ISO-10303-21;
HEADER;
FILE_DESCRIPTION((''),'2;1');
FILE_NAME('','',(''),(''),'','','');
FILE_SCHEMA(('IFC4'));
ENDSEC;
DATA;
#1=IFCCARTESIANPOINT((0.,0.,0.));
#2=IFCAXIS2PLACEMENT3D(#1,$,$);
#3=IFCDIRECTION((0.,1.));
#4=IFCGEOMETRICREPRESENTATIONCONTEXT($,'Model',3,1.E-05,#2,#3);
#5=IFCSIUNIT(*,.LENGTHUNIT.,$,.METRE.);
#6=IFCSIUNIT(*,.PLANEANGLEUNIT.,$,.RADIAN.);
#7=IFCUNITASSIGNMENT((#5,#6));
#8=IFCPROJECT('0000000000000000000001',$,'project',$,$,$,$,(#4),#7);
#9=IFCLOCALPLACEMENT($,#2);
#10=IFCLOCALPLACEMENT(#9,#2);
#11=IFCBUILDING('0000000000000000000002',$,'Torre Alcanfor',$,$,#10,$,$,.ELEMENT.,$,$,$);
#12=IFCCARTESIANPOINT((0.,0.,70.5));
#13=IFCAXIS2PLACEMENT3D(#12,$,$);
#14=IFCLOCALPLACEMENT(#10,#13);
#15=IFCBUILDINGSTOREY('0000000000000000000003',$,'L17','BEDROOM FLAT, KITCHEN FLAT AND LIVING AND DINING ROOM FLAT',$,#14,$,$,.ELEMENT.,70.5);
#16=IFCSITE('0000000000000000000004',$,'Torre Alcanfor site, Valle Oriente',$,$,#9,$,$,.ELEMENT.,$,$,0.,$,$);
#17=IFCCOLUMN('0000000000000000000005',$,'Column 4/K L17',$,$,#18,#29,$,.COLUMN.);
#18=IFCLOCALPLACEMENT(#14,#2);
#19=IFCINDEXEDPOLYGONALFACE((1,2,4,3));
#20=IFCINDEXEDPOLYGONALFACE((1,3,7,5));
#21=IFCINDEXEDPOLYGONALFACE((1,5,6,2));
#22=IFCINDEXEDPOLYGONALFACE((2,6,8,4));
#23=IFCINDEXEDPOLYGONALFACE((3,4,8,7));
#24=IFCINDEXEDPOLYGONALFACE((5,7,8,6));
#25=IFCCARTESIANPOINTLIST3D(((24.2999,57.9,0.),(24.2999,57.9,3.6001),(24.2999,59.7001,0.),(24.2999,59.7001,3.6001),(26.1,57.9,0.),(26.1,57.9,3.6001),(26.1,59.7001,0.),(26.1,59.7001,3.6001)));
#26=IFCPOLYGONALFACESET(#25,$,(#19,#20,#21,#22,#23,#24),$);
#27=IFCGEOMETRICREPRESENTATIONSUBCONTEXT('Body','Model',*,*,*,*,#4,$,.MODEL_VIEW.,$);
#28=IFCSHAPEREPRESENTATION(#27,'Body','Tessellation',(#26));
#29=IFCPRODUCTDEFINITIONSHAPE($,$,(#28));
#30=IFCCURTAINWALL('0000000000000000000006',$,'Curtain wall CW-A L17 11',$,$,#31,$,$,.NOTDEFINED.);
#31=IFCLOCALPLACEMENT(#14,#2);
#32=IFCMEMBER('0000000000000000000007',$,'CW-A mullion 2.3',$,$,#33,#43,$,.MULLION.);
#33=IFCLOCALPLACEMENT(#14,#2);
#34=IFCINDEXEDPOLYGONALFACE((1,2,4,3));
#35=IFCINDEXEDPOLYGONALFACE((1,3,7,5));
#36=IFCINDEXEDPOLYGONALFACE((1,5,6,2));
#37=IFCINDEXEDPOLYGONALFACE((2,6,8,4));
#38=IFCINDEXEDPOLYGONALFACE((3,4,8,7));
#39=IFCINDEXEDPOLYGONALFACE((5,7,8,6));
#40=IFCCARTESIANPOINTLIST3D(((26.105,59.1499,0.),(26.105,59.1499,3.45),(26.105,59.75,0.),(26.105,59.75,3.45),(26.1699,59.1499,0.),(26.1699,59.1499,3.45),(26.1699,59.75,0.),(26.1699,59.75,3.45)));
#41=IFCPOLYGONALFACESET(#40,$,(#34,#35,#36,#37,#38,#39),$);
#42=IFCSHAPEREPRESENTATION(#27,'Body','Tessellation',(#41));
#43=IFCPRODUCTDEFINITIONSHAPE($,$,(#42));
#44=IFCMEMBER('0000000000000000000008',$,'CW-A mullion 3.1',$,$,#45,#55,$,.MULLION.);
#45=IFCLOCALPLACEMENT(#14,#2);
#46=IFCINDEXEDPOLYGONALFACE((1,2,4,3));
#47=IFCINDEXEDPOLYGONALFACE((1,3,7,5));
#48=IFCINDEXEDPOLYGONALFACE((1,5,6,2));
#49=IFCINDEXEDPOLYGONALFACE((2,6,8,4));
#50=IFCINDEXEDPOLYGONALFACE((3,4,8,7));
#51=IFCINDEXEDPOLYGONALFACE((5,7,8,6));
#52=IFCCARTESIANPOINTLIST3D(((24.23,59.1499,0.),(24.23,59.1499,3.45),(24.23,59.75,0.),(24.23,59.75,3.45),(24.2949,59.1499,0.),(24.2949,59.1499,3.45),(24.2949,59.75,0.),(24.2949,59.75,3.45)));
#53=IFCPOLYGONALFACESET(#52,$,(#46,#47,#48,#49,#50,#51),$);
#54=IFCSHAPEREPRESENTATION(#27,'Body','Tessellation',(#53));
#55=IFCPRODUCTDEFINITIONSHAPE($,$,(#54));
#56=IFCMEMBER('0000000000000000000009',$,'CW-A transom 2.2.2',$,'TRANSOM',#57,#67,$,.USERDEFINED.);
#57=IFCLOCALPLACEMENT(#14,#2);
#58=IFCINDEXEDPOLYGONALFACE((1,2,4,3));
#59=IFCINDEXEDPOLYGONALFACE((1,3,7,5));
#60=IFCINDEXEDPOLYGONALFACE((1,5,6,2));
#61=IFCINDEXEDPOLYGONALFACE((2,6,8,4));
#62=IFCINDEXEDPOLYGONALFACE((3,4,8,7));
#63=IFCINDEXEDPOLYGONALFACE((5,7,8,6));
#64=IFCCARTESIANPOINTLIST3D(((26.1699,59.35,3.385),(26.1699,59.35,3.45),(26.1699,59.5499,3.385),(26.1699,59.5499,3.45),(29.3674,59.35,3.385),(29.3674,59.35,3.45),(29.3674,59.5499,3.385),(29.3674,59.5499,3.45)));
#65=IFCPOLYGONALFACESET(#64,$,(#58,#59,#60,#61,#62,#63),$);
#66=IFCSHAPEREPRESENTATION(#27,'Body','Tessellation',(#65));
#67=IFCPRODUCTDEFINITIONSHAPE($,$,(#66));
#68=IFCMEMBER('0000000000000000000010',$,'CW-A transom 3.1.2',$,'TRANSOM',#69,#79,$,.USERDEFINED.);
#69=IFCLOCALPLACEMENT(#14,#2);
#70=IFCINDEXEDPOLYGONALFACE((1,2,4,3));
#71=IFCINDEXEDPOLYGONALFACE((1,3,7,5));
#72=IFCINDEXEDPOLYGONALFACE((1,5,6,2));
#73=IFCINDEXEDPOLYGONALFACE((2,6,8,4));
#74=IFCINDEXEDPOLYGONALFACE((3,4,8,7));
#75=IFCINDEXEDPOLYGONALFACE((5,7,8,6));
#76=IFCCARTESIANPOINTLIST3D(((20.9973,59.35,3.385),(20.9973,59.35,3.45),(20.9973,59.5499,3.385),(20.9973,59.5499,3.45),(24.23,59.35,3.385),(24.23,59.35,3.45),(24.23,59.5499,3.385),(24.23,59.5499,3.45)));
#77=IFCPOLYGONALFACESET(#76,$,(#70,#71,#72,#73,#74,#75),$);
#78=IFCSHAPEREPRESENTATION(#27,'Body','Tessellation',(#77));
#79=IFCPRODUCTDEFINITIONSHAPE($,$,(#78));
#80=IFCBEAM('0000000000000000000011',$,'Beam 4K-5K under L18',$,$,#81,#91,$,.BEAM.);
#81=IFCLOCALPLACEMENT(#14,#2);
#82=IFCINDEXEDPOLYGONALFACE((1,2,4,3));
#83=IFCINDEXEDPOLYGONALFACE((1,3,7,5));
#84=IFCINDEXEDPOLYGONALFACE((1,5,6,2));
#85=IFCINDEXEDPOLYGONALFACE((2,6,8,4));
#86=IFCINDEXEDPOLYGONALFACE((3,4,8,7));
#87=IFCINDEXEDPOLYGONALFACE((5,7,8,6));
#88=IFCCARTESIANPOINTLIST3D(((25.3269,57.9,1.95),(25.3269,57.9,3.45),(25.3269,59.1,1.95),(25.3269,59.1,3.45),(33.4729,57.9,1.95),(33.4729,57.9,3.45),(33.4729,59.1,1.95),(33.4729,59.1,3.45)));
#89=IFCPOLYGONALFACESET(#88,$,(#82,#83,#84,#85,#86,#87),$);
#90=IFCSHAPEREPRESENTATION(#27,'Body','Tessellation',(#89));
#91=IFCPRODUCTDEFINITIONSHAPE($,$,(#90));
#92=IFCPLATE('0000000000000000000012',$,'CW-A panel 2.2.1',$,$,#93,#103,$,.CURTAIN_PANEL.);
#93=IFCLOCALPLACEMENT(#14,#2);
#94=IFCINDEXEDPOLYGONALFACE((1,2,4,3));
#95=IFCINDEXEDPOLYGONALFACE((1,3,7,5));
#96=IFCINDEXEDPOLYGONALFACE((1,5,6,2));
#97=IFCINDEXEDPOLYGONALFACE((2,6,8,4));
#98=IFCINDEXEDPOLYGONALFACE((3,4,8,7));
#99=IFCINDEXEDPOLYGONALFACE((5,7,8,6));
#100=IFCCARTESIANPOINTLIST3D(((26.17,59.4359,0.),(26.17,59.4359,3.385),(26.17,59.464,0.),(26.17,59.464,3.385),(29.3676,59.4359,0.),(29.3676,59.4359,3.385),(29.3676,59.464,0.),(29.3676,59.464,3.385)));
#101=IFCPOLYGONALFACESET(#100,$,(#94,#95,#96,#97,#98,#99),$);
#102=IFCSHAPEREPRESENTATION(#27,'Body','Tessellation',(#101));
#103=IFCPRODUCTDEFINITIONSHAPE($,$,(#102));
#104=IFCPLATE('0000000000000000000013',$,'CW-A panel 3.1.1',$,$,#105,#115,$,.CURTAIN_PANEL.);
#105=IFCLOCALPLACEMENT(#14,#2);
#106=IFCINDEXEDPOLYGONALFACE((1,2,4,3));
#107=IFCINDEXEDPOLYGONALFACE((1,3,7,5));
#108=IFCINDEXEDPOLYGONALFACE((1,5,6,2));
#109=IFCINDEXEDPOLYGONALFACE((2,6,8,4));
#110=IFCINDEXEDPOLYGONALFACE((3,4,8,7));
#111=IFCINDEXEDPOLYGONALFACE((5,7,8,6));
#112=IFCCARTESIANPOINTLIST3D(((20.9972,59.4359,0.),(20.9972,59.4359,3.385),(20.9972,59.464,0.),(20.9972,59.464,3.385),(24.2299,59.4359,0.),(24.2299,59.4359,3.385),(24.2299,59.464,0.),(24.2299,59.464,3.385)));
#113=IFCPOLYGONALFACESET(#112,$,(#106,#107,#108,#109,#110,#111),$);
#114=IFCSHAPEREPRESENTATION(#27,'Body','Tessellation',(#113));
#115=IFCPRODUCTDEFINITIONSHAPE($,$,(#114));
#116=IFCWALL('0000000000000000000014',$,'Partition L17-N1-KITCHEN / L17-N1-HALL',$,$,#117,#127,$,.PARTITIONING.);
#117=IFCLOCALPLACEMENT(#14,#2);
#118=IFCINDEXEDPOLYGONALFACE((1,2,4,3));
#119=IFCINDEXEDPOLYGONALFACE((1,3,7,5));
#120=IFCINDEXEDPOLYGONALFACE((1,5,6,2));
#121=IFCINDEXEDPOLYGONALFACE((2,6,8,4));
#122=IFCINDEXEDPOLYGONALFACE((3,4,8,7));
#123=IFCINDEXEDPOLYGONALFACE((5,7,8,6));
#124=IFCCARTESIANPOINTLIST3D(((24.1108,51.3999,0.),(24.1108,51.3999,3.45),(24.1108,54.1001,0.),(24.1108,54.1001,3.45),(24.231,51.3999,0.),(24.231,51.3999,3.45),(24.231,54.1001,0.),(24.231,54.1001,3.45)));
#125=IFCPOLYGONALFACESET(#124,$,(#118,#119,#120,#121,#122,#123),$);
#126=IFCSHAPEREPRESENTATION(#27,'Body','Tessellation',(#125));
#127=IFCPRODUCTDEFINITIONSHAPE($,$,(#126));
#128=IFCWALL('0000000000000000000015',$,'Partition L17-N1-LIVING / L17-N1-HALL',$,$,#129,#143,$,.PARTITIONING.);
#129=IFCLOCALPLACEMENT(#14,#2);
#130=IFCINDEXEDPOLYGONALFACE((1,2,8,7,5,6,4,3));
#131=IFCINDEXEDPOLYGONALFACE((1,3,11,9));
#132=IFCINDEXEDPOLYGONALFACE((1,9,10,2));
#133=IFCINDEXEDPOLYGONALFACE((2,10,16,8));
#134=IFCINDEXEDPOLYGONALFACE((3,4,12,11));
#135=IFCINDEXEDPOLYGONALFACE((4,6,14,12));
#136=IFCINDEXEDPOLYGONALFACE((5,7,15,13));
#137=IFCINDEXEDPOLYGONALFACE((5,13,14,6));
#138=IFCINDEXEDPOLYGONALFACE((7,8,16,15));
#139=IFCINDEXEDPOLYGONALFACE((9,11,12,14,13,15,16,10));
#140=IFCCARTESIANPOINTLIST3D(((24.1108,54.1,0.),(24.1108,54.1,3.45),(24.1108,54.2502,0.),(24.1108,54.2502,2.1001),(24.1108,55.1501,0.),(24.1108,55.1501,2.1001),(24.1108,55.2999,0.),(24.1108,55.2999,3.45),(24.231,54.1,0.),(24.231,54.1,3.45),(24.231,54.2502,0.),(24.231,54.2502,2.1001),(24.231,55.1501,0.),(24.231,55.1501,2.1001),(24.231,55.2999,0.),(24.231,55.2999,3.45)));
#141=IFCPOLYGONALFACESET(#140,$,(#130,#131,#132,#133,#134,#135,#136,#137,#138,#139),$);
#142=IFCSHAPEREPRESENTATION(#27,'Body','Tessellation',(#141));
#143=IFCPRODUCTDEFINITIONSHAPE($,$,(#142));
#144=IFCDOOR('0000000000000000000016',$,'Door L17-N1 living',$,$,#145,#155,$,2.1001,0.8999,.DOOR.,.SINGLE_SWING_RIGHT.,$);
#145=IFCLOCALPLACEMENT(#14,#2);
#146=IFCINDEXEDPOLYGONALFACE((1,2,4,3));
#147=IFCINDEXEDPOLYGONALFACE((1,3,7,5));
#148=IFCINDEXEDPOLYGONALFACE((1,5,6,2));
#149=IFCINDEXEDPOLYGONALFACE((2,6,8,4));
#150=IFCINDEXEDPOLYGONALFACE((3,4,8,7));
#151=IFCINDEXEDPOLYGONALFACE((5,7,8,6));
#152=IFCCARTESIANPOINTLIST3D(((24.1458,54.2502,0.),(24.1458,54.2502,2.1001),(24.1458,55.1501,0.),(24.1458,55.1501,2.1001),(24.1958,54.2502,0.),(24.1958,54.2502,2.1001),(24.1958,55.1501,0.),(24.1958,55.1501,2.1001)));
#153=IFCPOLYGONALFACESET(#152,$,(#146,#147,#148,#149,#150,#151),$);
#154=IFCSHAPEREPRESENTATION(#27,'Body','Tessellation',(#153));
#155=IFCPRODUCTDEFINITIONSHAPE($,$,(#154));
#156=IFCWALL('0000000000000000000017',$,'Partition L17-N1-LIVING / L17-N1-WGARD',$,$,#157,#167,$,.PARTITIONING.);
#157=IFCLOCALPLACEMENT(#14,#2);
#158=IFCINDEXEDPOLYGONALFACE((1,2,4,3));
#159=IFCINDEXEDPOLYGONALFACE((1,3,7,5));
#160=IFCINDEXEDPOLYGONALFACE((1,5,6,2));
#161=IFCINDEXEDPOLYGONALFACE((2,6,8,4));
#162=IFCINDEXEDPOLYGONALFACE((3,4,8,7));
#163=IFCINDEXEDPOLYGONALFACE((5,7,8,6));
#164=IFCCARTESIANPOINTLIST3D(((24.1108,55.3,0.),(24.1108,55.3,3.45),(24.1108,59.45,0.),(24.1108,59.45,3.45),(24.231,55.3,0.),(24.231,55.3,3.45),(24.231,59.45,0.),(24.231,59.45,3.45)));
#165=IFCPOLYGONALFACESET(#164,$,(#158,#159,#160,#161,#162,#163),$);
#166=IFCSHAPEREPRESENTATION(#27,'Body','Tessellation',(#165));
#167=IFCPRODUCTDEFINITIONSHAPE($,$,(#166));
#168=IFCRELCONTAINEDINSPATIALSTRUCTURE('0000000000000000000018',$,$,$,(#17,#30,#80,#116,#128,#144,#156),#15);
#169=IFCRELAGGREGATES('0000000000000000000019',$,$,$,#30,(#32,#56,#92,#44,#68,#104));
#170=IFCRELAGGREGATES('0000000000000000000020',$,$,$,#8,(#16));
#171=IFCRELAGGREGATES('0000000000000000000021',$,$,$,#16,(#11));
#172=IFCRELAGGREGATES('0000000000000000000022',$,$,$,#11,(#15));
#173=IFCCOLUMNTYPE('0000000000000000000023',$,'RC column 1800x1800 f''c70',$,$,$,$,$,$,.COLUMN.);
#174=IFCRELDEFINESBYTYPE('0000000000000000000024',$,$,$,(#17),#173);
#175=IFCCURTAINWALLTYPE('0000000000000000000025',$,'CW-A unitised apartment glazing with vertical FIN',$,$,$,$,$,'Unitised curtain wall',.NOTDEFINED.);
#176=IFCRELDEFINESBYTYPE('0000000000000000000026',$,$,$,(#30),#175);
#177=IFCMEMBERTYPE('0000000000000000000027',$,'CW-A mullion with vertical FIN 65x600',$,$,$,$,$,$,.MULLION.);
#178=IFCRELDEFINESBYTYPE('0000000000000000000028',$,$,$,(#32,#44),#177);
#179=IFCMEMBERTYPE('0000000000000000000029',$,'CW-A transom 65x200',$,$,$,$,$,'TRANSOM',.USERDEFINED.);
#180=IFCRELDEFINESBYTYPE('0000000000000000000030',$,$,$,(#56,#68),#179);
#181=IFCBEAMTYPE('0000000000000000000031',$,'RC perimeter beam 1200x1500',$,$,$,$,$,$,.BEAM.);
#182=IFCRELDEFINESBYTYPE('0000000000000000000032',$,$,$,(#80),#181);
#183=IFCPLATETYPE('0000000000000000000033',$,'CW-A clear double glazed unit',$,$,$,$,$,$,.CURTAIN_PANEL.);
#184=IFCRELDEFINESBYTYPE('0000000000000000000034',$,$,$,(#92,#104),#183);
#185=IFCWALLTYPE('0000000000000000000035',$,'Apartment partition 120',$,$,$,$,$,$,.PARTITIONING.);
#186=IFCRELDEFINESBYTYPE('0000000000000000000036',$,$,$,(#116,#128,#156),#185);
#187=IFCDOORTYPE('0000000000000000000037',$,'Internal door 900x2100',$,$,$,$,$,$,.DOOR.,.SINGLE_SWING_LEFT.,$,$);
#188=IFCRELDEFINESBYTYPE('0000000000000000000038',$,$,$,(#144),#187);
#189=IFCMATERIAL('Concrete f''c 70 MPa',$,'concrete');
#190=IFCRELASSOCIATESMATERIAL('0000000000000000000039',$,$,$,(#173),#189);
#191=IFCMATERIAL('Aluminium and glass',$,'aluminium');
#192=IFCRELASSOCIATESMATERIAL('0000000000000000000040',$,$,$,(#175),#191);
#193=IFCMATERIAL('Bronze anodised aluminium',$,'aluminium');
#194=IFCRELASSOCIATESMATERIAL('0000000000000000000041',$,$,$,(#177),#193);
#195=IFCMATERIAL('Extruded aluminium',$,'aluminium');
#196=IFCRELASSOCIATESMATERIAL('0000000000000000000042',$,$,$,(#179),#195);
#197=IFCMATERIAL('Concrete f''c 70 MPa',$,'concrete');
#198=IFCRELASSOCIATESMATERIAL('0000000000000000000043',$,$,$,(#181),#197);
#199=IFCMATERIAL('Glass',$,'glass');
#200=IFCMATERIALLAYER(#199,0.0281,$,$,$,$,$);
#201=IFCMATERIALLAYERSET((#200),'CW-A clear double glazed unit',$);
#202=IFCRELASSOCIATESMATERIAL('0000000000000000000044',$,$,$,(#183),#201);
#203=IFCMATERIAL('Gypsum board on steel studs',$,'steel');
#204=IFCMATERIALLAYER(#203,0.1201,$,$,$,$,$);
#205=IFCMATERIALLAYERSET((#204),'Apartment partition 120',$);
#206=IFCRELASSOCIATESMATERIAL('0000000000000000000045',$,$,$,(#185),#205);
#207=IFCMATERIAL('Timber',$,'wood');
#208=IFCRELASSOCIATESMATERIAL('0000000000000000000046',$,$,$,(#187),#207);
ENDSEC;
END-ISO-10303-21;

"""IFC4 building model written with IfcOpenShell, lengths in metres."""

from ifc_helpers import new_model, si_unit, direction, frame, frame_2d, origin, origin_2d, place, context, subcontext, project, spatial, rectangle, extrude, material, layer, layer_set, material_profile, profile_set, type_object, element, fill, aggregate, save


model = new_model("IFC4")

# Units and contexts
model_context = context("Model", 3, precision=1e-05, world=origin(), true_north=direction((0.0, 1.0)))
body_context = subcontext(model_context, "Body", "Model", "MODEL_VIEW")
ifc_project = project(units=[si_unit("LENGTHUNIT", "METRE"), si_unit("PLANEANGLEUNIT", "RADIAN")], contexts=[model_context])

# Site, building, storey
site_placement = place(None, origin())
site = spatial("IfcSite", under=ifc_project, at=site_placement, Name="Torre Alcanfor site, Valle Oriente", CompositionType="ELEMENT", RefElevation=0.0)
building_placement = place(site_placement, origin())
building = spatial("IfcBuilding", under=site, at=building_placement, Name="Torre Alcanfor", CompositionType="ELEMENT")
storey_placement = place(building_placement, frame((0.0, 0.0, 70.5)))
storey = spatial("IfcBuildingStorey", under=building, at=storey_placement, Name="L17", Description="BEDROOM FLAT, KITCHEN FLAT AND LIVING AND DINING ROOM FLAT", CompositionType="ELEMENT", Elevation=70.5)

# Column
ifc_material_1 = material(Name="Concrete f'c 70 MPa", Category="concrete")
ifc_material_profile_1 = material_profile(ifc_material_1, rectangle(XDim=1.8, YDim=1.8, at=origin_2d()), Name="1800x1800")
ifc_profile_set_1 = profile_set([ifc_material_profile_1], Name="Concrete f'c 70 MPa")
column_type = type_object("IfcColumnType", Name="RC column 1800x1800 f'c70", PredefinedType="COLUMN", material=ifc_profile_set_1)
column_placement = place(storey_placement, frame((25.2, 58.8, 0.0), z_axis=(0.0, 0.0, 1.0), x_axis=(1.0, 0.0, 0.0)))
element("IfcColumn", 1, at=column_placement, inside=storey, type_object=column_type, Name="Column 4/K L17", PredefinedType="COLUMN", context=body_context, shape_type="SweptSolid", body=[
    extrude(rectangle(XDim=1.8, YDim=1.8, at=origin_2d()), origin(), (0.0, 0.0, 1.0), 3.6001),
])

# Curtain wall, members
ifc_material_2 = material(Name="Aluminium and glass", Category="aluminium")
curtain_wall_type = type_object("IfcCurtainWallType", Name="CW-A unitised apartment glazing with vertical FIN", ElementType="Unitised curtain wall", PredefinedType="NOTDEFINED", material=ifc_material_2)
curtain_wall_placement = place(storey_placement, origin())
curtain_wall = element("IfcCurtainWall", 2, at=curtain_wall_placement, inside=storey, type_object=curtain_wall_type, Name="Curtain wall CW-A L17 11", PredefinedType="NOTDEFINED")
ifc_material_3 = material(Name="Bronze anodised aluminium", Category="aluminium")
ifc_material_profile_2 = material_profile(ifc_material_3, rectangle(XDim=0.6001, YDim=0.0649, at=origin_2d()), Name="CW-A mullion 65x600")
ifc_profile_set_2 = profile_set([ifc_material_profile_2], Name="Bronze anodised aluminium")
member_type_1 = type_object("IfcMemberType", Name="CW-A mullion with vertical FIN 65x600", PredefinedType="MULLION", material=ifc_profile_set_2)
member_1_placement = place(storey_placement, frame((26.1375, 59.45, 0.0), z_axis=(0.0, 0.0, 1.0), x_axis=(0.0, -1.0, 0.0)))
member_1 = element("IfcMember", 3, at=member_1_placement, type_object=member_type_1, Name="CW-A mullion 2.3", PredefinedType="MULLION", context=body_context, shape_type="SweptSolid", body=[
    extrude(rectangle(XDim=0.6001, YDim=0.0649, at=origin_2d()), origin(), (0.0, 0.0, 1.0), 3.45),
])
member_2_placement = place(storey_placement, frame((24.2625, 59.45, 0.0), z_axis=(0.0, 0.0, 1.0), x_axis=(0.0, -1.0, 0.0)))
member_2 = element("IfcMember", 4, at=member_2_placement, type_object=member_type_1, Name="CW-A mullion 3.1", PredefinedType="MULLION", context=body_context, shape_type="SweptSolid", body=[
    extrude(rectangle(XDim=0.6001, YDim=0.0649, at=origin_2d()), origin(), (0.0, 0.0, 1.0), 3.45),
])
ifc_material_4 = material(Name="Extruded aluminium", Category="aluminium")
ifc_material_profile_3 = material_profile(ifc_material_4, rectangle(XDim=0.2, YDim=0.0649, at=origin_2d()), Name="CW-A transom 200x65")
ifc_profile_set_3 = profile_set([ifc_material_profile_3], Name="Extruded aluminium")
member_type_2 = type_object("IfcMemberType", Name="CW-A transom 65x200", ElementType="TRANSOM", PredefinedType="USERDEFINED", material=ifc_profile_set_3)
member_3_placement = place(storey_placement, frame((29.3674, 59.45, 3.4175), z_axis=(-1.0, 0.0, 0.0), x_axis=(0.0, -1.0, 0.0)))
member_3 = element("IfcMember", 5, at=member_3_placement, type_object=member_type_2, Name="CW-A transom 2.2.2", ObjectType="TRANSOM", PredefinedType="USERDEFINED", context=body_context, shape_type="SweptSolid", body=[
    extrude(rectangle(XDim=0.2, YDim=0.0649, at=origin_2d()), origin(), (0.0, 0.0, 1.0), 3.1975),
])
member_4_placement = place(storey_placement, frame((24.23, 59.45, 3.4175), z_axis=(-1.0, 0.0, 0.0), x_axis=(0.0, -1.0, 0.0)))
member_4 = element("IfcMember", 6, at=member_4_placement, type_object=member_type_2, Name="CW-A transom 3.1.2", ObjectType="TRANSOM", PredefinedType="USERDEFINED", context=body_context, shape_type="SweptSolid", body=[
    extrude(rectangle(XDim=0.2, YDim=0.0649, at=origin_2d()), origin(), (0.0, 0.0, 1.0), 3.2327),
])

# Beam
ifc_material_5 = material(Name="Concrete f'c 70 MPa", Category="concrete")
ifc_material_profile_4 = material_profile(ifc_material_5, rectangle(XDim=1.2, YDim=1.5, at=origin_2d()), Name="1200x1500")
ifc_profile_set_4 = profile_set([ifc_material_profile_4], Name="Concrete f'c 70 MPa")
beam_type = type_object("IfcBeamType", Name="RC perimeter beam 1200x1500", PredefinedType="BEAM", material=ifc_profile_set_4)
beam_placement = place(storey_placement, frame((25.3269, 58.5, 2.7), z_axis=(1.0, 0.0, 0.0), x_axis=(0.0, 1.0, 0.0)))
element("IfcBeam", 7, at=beam_placement, inside=storey, type_object=beam_type, Name="Beam 4K-5K under L18", PredefinedType="BEAM", context=body_context, shape_type="SweptSolid", body=[
    extrude(rectangle(XDim=1.2, YDim=1.5, at=origin_2d()), origin(), (0.0, 0.0, 1.0), 8.146),
])

# Plates
ifc_material_6 = material(Name="Glass", Category="glass")
ifc_layer_1 = layer(ifc_material_6, 0.0281)
ifc_layer_set_1 = layer_set([ifc_layer_1], Name="CW-A clear double glazed unit")
plate_type = type_object("IfcPlateType", Name="CW-A clear double glazed unit", PredefinedType="CURTAIN_PANEL", material=ifc_layer_set_1)
plate_1_placement = place(storey_placement, frame((27.7688, 59.45, 0.0), z_axis=(0.0, 0.0, 1.0), x_axis=(-1.0, 0.0, 0.0)))
plate_1 = element("IfcPlate", 8, at=plate_1_placement, type_object=plate_type, Name="CW-A panel 2.2.1", PredefinedType="CURTAIN_PANEL", context=body_context, shape_type="SweptSolid", body=[
    extrude(rectangle(XDim=3.1975, YDim=0.0281, at=origin_2d()), origin(), (0.0, 0.0, 1.0), 3.385),
])
plate_2_placement = place(storey_placement, frame((22.6135, 59.45, 0.0), z_axis=(0.0, 0.0, 1.0), x_axis=(-1.0, 0.0, 0.0)))
plate_2 = element("IfcPlate", 9, at=plate_2_placement, type_object=plate_type, Name="CW-A panel 3.1.1", PredefinedType="CURTAIN_PANEL", context=body_context, shape_type="SweptSolid", body=[
    extrude(rectangle(XDim=3.2327, YDim=0.0281, at=origin_2d()), origin(), (0.0, 0.0, 1.0), 3.385),
])
aggregate(curtain_wall, [member_1, member_3, plate_1, member_2, member_4, plate_2])

# Wall
ifc_material_7 = material(Name="Gypsum board on steel studs", Category="steel")
ifc_layer_2 = layer(ifc_material_7, 0.1201)
ifc_layer_set_2 = layer_set([ifc_layer_2], Name="Apartment partition 120")
wall_type = type_object("IfcWallType", Name="Apartment partition 120", PredefinedType="PARTITIONING", material=ifc_layer_set_2)
wall_1_placement = place(storey_placement, frame((24.1709, 54.1001, 0.0), z_axis=(0.0, 0.0, 1.0), x_axis=(0.0, -1.0, 0.0)))
element("IfcWall", 10, at=wall_1_placement, inside=storey, type_object=wall_type, Name="Partition L17-N1-KITCHEN / L17-N1-HALL", PredefinedType="PARTITIONING", context=body_context, shape_type="SweptSolid", body=[
    extrude(rectangle(XDim=2.7002, YDim=0.1201, at=frame_2d((1.3501, 0.0))), origin(), (0.0, 0.0, 1.0), 3.45),
])

# Wall, opening, door
wall_2_placement = place(storey_placement, frame((24.1709, 55.3, 0.0), z_axis=(0.0, 0.0, 1.0), x_axis=(0.0, -1.0, 0.0)))
wall_2 = element("IfcWall", 11, at=wall_2_placement, inside=storey, type_object=wall_type, Name="Partition L17-N1-LIVING / L17-N1-HALL", PredefinedType="PARTITIONING", context=body_context, shape_type="SweptSolid", body=[
    extrude(rectangle(XDim=1.2, YDim=0.1201, at=frame_2d((0.6001, 0.0))), origin(), (0.0, 0.0, 1.0), 3.45),
])
opening_1_placement = place(wall_2_placement, frame((0.1499, 0.0, 0.0)))
opening_1 = element("IfcOpeningElement", 12, at=opening_1_placement, cuts=wall_2, PredefinedType="OPENING", context=body_context, shape_type="SweptSolid", body=[
    extrude(rectangle(XDim=0.8999, YDim=2.1001, at=frame_2d((0.45, 1.05))), frame((0.0, 0.0701, 0.0), z_axis=(0.0, -1.0, 0.0), x_axis=(1.0, 0.0, 0.0)), (0.0, 0.0, 1.0), 0.1401),
])
ifc_material_8 = material(Name="Timber", Category="wood")
door_type = type_object("IfcDoorType", Name="Internal door 900x2100", OperationType="SINGLE_SWING_LEFT", PredefinedType="DOOR", material=ifc_material_8)
door_1_placement = place(opening_1_placement, origin())
door_1 = element("IfcDoor", 13, at=door_1_placement, inside=storey, type_object=door_type, Name="Door L17-N1 living", OperationType="SINGLE_SWING_RIGHT", OverallHeight=2.1001, OverallWidth=0.8999, PredefinedType="DOOR", context=body_context, shape_type="SweptSolid", body=[
    extrude(rectangle(XDim=0.8999, YDim=2.1001, at=frame_2d((0.45, 1.05))), frame((0.0, 0.0249, 0.0), z_axis=(0.0, -1.0, 0.0), x_axis=(1.0, 0.0, 0.0)), (0.0, 0.0, 1.0), 0.05),
])
fill(opening_1, door_1)

# Wall
wall_3_placement = place(storey_placement, frame((24.1709, 59.45, 0.0), z_axis=(0.0, 0.0, 1.0), x_axis=(0.0, -1.0, 0.0)))
element("IfcWall", 14, at=wall_3_placement, inside=storey, type_object=wall_type, Name="Partition L17-N1-LIVING / L17-N1-WGARD", PredefinedType="PARTITIONING", context=body_context, shape_type="SweptSolid", body=[
    extrude(rectangle(XDim=4.1499, YDim=0.1201, at=frame_2d((2.075, 0.0))), origin(), (0.0, 0.0, 1.0), 3.45),
])

save(model, "model.ifc")
